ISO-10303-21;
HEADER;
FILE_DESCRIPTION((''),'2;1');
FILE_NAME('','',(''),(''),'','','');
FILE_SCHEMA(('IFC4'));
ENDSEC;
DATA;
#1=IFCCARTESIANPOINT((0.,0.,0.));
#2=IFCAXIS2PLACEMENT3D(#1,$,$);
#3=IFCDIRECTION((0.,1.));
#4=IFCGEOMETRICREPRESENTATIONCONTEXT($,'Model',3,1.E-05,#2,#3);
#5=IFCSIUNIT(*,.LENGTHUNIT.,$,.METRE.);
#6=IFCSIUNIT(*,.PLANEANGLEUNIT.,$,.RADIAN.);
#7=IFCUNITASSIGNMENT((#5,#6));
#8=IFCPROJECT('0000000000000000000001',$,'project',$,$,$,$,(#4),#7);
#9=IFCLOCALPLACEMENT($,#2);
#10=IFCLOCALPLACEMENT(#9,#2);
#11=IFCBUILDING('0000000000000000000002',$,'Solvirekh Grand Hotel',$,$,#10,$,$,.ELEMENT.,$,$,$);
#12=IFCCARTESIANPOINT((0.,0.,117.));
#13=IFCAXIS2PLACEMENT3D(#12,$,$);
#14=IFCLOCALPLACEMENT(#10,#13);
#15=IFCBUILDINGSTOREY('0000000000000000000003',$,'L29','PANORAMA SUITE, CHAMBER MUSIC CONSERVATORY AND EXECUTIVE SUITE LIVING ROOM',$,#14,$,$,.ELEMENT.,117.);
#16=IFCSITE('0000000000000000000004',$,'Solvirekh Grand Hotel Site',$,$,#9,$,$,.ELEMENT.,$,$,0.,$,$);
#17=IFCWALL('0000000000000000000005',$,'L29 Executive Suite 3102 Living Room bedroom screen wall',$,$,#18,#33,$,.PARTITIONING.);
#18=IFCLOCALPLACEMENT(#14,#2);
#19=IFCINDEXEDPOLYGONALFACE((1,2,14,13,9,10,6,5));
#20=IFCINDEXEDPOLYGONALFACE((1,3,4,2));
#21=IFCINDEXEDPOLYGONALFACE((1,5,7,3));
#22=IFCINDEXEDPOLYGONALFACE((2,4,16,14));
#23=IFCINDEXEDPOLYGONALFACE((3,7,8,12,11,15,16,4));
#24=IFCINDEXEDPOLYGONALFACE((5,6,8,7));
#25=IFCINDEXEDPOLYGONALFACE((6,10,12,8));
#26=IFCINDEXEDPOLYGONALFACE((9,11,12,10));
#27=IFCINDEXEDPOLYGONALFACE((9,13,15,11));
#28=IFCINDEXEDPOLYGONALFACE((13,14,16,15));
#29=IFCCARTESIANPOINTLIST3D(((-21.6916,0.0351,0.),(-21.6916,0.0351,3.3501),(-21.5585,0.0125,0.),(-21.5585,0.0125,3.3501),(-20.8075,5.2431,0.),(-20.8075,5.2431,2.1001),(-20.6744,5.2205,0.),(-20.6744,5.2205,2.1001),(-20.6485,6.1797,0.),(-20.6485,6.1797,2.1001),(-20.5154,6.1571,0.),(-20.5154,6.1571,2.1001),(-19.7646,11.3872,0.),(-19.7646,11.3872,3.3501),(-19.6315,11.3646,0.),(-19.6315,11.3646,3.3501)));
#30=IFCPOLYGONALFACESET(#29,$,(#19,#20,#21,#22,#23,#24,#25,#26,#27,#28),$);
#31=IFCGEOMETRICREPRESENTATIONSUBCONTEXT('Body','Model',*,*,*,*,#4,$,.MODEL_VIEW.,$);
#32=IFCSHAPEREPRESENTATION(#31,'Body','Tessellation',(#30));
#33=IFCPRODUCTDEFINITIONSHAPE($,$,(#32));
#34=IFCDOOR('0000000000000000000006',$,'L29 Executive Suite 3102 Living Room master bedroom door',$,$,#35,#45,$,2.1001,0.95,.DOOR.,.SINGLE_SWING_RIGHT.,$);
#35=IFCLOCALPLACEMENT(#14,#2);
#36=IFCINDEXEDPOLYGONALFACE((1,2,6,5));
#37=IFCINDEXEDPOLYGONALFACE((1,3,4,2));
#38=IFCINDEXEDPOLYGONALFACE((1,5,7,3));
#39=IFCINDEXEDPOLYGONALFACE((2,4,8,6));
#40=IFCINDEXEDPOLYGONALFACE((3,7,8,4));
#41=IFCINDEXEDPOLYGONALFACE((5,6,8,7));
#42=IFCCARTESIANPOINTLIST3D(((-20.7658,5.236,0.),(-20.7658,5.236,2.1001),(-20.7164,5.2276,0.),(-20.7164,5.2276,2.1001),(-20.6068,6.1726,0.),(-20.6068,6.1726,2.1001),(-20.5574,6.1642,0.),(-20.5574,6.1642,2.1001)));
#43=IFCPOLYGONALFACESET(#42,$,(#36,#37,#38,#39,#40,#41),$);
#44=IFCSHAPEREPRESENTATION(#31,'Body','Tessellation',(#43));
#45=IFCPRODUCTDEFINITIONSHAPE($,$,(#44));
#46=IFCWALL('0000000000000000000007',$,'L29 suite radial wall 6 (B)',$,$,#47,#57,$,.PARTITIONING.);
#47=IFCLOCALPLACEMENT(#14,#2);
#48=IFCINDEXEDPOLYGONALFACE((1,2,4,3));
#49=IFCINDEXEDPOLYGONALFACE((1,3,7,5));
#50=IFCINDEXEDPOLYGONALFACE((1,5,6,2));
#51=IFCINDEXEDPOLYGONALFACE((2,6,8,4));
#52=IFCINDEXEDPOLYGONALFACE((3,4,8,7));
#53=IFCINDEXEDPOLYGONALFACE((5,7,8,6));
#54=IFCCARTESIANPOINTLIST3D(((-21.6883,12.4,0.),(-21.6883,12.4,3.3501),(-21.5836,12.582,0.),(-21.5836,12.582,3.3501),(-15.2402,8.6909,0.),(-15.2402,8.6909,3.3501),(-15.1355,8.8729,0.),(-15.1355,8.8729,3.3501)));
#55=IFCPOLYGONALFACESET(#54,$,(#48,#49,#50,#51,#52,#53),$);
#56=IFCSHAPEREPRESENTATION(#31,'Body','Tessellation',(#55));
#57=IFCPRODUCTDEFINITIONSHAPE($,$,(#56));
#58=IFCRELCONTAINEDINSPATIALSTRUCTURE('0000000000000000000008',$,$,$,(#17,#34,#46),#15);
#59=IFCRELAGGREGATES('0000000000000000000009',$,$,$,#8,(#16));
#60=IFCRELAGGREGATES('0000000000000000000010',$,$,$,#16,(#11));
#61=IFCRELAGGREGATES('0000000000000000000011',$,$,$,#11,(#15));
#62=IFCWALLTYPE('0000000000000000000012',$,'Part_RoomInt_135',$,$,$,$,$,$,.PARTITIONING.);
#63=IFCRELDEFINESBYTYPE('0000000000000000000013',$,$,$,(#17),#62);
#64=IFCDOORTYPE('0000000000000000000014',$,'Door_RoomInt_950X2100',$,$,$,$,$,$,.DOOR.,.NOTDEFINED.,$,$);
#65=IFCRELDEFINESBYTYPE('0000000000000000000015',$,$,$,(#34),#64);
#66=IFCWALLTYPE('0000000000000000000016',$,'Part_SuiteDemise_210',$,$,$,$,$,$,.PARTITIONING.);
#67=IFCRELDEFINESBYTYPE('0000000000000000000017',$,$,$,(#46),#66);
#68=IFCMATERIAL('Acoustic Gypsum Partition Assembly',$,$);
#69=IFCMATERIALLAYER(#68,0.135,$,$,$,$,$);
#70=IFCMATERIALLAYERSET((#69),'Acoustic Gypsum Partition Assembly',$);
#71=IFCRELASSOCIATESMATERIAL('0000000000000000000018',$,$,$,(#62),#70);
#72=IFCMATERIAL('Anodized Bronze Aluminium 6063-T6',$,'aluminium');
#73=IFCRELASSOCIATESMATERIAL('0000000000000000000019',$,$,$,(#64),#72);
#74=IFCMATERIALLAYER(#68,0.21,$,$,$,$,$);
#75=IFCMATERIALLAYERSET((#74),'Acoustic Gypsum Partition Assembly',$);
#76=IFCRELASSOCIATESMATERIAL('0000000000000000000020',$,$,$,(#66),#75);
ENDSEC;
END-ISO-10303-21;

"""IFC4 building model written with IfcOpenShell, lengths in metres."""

from ifc_helpers import new_model, si_unit, direction, frame, frame_2d, origin, place, context, subcontext, project, spatial, rectangle, extrude, material, layer, layer_set, type_object, element, fill, save


model = new_model("IFC4")

# Units and contexts
model_context = context("Model", 3, precision=1e-05, world=origin(), true_north=direction((0.0, 1.0)))
body_context = subcontext(model_context, "Body", "Model", "MODEL_VIEW")
ifc_project = project(units=[si_unit("LENGTHUNIT", "METRE"), si_unit("PLANEANGLEUNIT", "RADIAN")], contexts=[model_context])

# Site, building, storey
site_placement = place(None, origin())
site = spatial("IfcSite", under=ifc_project, at=site_placement, Name="Solvirekh Grand Hotel Site", CompositionType="ELEMENT", RefElevation=0.0)
building_placement = place(site_placement, origin())
building = spatial("IfcBuilding", under=site, at=building_placement, Name="Solvirekh Grand Hotel", CompositionType="ELEMENT")
storey_placement = place(building_placement, frame((0.0, 0.0, 117.0)))
storey = spatial("IfcBuildingStorey", under=building, at=storey_placement, Name="L29", Description="PANORAMA SUITE, CHAMBER MUSIC CONSERVATORY AND EXECUTIVE SUITE LIVING ROOM", CompositionType="ELEMENT", Elevation=117.0)

# Shared definitions
ifc_material_1 = material(Name="Anodized Bronze Aluminium 6063-T6", Category="aluminium")

# Wall, opening, door
ifc_material_2 = material(Name="Acoustic Gypsum Partition Assembly")
ifc_layer_1 = layer(ifc_material_2, 0.135)
ifc_layer_set_1 = layer_set([ifc_layer_1], Name="Acoustic Gypsum Partition Assembly")
wall_type_1 = type_object("IfcWallType", Name="Part_RoomInt_135", PredefinedType="PARTITIONING", material=ifc_layer_set_1)
wall_1_placement = place(storey_placement, frame((-19.698, 11.376, 0.0), z_axis=(0.0, 0.0, 1.0), x_axis=(-0.167355, -0.985897, 0.0)))
wall_1 = element("IfcWall", 1, at=wall_1_placement, inside=storey, type_object=wall_type_1, Name="L29 Executive Suite 3102 Living Room bedroom screen wall", PredefinedType="PARTITIONING", context=body_context, shape_type="SweptSolid", body=[
    extrude(rectangle(XDim=11.5144, YDim=0.135, at=frame_2d((5.7573, 0.0))), origin(), (0.0, 0.0, 1.0), 3.3501),
])
opening_1_placement = place(wall_1_placement, frame((5.282, 0.0, 0.0)))
opening_1 = element("IfcOpeningElement", 2, at=opening_1_placement, cuts=wall_1, PredefinedType="OPENING", context=body_context, shape_type="SweptSolid", body=[
    extrude(rectangle(XDim=0.95, YDim=2.1001, at=frame_2d((0.4751, 1.05))), frame((0.0, 0.0776, 0.0), z_axis=(0.0, -1.0, 0.0), x_axis=(1.0, 0.0, 0.0)), (0.0, 0.0, 1.0), 0.155),
])
door_type = type_object("IfcDoorType", Name="Door_RoomInt_950X2100", OperationType="NOTDEFINED", PredefinedType="DOOR", material=ifc_material_1)
door_placement = place(opening_1_placement, origin())
door = element("IfcDoor", 3, at=door_placement, inside=storey, type_object=door_type, Name="L29 Executive Suite 3102 Living Room master bedroom door", OperationType="SINGLE_SWING_RIGHT", OverallHeight=2.1001, OverallWidth=0.95, PredefinedType="DOOR", context=body_context, shape_type="SweptSolid", body=[
    extrude(rectangle(XDim=0.95, YDim=2.1001, at=frame_2d((0.4751, 1.05))), frame((0.0, 0.0249, 0.0), z_axis=(0.0, -1.0, 0.0), x_axis=(1.0, 0.0, 0.0)), (0.0, 0.0, 1.0), 0.05),
])
fill(opening_1, door)

# Wall
ifc_layer_2 = layer(ifc_material_2, 0.21)
ifc_layer_set_2 = layer_set([ifc_layer_2], Name="Acoustic Gypsum Partition Assembly")
wall_type_2 = type_object("IfcWallType", Name="Part_SuiteDemise_210", PredefinedType="PARTITIONING", material=ifc_layer_set_2)
wall_2_placement = place(storey_placement, frame((-15.188, 8.782, 0.0), z_axis=(0.0, 0.0, 1.0), x_axis=(-0.866826, 0.498611, 0.0)))
element("IfcWall", 4, at=wall_2_placement, inside=storey, type_object=wall_type_2, Name="L29 suite radial wall 6 (B)", PredefinedType="PARTITIONING", context=body_context, shape_type="SweptSolid", body=[
    extrude(rectangle(XDim=7.4387, YDim=0.21, at=frame_2d((3.7192, 0.0))), origin(), (0.0, 0.0, 1.0), 3.3501),
])

save(model, "model.ifc")
